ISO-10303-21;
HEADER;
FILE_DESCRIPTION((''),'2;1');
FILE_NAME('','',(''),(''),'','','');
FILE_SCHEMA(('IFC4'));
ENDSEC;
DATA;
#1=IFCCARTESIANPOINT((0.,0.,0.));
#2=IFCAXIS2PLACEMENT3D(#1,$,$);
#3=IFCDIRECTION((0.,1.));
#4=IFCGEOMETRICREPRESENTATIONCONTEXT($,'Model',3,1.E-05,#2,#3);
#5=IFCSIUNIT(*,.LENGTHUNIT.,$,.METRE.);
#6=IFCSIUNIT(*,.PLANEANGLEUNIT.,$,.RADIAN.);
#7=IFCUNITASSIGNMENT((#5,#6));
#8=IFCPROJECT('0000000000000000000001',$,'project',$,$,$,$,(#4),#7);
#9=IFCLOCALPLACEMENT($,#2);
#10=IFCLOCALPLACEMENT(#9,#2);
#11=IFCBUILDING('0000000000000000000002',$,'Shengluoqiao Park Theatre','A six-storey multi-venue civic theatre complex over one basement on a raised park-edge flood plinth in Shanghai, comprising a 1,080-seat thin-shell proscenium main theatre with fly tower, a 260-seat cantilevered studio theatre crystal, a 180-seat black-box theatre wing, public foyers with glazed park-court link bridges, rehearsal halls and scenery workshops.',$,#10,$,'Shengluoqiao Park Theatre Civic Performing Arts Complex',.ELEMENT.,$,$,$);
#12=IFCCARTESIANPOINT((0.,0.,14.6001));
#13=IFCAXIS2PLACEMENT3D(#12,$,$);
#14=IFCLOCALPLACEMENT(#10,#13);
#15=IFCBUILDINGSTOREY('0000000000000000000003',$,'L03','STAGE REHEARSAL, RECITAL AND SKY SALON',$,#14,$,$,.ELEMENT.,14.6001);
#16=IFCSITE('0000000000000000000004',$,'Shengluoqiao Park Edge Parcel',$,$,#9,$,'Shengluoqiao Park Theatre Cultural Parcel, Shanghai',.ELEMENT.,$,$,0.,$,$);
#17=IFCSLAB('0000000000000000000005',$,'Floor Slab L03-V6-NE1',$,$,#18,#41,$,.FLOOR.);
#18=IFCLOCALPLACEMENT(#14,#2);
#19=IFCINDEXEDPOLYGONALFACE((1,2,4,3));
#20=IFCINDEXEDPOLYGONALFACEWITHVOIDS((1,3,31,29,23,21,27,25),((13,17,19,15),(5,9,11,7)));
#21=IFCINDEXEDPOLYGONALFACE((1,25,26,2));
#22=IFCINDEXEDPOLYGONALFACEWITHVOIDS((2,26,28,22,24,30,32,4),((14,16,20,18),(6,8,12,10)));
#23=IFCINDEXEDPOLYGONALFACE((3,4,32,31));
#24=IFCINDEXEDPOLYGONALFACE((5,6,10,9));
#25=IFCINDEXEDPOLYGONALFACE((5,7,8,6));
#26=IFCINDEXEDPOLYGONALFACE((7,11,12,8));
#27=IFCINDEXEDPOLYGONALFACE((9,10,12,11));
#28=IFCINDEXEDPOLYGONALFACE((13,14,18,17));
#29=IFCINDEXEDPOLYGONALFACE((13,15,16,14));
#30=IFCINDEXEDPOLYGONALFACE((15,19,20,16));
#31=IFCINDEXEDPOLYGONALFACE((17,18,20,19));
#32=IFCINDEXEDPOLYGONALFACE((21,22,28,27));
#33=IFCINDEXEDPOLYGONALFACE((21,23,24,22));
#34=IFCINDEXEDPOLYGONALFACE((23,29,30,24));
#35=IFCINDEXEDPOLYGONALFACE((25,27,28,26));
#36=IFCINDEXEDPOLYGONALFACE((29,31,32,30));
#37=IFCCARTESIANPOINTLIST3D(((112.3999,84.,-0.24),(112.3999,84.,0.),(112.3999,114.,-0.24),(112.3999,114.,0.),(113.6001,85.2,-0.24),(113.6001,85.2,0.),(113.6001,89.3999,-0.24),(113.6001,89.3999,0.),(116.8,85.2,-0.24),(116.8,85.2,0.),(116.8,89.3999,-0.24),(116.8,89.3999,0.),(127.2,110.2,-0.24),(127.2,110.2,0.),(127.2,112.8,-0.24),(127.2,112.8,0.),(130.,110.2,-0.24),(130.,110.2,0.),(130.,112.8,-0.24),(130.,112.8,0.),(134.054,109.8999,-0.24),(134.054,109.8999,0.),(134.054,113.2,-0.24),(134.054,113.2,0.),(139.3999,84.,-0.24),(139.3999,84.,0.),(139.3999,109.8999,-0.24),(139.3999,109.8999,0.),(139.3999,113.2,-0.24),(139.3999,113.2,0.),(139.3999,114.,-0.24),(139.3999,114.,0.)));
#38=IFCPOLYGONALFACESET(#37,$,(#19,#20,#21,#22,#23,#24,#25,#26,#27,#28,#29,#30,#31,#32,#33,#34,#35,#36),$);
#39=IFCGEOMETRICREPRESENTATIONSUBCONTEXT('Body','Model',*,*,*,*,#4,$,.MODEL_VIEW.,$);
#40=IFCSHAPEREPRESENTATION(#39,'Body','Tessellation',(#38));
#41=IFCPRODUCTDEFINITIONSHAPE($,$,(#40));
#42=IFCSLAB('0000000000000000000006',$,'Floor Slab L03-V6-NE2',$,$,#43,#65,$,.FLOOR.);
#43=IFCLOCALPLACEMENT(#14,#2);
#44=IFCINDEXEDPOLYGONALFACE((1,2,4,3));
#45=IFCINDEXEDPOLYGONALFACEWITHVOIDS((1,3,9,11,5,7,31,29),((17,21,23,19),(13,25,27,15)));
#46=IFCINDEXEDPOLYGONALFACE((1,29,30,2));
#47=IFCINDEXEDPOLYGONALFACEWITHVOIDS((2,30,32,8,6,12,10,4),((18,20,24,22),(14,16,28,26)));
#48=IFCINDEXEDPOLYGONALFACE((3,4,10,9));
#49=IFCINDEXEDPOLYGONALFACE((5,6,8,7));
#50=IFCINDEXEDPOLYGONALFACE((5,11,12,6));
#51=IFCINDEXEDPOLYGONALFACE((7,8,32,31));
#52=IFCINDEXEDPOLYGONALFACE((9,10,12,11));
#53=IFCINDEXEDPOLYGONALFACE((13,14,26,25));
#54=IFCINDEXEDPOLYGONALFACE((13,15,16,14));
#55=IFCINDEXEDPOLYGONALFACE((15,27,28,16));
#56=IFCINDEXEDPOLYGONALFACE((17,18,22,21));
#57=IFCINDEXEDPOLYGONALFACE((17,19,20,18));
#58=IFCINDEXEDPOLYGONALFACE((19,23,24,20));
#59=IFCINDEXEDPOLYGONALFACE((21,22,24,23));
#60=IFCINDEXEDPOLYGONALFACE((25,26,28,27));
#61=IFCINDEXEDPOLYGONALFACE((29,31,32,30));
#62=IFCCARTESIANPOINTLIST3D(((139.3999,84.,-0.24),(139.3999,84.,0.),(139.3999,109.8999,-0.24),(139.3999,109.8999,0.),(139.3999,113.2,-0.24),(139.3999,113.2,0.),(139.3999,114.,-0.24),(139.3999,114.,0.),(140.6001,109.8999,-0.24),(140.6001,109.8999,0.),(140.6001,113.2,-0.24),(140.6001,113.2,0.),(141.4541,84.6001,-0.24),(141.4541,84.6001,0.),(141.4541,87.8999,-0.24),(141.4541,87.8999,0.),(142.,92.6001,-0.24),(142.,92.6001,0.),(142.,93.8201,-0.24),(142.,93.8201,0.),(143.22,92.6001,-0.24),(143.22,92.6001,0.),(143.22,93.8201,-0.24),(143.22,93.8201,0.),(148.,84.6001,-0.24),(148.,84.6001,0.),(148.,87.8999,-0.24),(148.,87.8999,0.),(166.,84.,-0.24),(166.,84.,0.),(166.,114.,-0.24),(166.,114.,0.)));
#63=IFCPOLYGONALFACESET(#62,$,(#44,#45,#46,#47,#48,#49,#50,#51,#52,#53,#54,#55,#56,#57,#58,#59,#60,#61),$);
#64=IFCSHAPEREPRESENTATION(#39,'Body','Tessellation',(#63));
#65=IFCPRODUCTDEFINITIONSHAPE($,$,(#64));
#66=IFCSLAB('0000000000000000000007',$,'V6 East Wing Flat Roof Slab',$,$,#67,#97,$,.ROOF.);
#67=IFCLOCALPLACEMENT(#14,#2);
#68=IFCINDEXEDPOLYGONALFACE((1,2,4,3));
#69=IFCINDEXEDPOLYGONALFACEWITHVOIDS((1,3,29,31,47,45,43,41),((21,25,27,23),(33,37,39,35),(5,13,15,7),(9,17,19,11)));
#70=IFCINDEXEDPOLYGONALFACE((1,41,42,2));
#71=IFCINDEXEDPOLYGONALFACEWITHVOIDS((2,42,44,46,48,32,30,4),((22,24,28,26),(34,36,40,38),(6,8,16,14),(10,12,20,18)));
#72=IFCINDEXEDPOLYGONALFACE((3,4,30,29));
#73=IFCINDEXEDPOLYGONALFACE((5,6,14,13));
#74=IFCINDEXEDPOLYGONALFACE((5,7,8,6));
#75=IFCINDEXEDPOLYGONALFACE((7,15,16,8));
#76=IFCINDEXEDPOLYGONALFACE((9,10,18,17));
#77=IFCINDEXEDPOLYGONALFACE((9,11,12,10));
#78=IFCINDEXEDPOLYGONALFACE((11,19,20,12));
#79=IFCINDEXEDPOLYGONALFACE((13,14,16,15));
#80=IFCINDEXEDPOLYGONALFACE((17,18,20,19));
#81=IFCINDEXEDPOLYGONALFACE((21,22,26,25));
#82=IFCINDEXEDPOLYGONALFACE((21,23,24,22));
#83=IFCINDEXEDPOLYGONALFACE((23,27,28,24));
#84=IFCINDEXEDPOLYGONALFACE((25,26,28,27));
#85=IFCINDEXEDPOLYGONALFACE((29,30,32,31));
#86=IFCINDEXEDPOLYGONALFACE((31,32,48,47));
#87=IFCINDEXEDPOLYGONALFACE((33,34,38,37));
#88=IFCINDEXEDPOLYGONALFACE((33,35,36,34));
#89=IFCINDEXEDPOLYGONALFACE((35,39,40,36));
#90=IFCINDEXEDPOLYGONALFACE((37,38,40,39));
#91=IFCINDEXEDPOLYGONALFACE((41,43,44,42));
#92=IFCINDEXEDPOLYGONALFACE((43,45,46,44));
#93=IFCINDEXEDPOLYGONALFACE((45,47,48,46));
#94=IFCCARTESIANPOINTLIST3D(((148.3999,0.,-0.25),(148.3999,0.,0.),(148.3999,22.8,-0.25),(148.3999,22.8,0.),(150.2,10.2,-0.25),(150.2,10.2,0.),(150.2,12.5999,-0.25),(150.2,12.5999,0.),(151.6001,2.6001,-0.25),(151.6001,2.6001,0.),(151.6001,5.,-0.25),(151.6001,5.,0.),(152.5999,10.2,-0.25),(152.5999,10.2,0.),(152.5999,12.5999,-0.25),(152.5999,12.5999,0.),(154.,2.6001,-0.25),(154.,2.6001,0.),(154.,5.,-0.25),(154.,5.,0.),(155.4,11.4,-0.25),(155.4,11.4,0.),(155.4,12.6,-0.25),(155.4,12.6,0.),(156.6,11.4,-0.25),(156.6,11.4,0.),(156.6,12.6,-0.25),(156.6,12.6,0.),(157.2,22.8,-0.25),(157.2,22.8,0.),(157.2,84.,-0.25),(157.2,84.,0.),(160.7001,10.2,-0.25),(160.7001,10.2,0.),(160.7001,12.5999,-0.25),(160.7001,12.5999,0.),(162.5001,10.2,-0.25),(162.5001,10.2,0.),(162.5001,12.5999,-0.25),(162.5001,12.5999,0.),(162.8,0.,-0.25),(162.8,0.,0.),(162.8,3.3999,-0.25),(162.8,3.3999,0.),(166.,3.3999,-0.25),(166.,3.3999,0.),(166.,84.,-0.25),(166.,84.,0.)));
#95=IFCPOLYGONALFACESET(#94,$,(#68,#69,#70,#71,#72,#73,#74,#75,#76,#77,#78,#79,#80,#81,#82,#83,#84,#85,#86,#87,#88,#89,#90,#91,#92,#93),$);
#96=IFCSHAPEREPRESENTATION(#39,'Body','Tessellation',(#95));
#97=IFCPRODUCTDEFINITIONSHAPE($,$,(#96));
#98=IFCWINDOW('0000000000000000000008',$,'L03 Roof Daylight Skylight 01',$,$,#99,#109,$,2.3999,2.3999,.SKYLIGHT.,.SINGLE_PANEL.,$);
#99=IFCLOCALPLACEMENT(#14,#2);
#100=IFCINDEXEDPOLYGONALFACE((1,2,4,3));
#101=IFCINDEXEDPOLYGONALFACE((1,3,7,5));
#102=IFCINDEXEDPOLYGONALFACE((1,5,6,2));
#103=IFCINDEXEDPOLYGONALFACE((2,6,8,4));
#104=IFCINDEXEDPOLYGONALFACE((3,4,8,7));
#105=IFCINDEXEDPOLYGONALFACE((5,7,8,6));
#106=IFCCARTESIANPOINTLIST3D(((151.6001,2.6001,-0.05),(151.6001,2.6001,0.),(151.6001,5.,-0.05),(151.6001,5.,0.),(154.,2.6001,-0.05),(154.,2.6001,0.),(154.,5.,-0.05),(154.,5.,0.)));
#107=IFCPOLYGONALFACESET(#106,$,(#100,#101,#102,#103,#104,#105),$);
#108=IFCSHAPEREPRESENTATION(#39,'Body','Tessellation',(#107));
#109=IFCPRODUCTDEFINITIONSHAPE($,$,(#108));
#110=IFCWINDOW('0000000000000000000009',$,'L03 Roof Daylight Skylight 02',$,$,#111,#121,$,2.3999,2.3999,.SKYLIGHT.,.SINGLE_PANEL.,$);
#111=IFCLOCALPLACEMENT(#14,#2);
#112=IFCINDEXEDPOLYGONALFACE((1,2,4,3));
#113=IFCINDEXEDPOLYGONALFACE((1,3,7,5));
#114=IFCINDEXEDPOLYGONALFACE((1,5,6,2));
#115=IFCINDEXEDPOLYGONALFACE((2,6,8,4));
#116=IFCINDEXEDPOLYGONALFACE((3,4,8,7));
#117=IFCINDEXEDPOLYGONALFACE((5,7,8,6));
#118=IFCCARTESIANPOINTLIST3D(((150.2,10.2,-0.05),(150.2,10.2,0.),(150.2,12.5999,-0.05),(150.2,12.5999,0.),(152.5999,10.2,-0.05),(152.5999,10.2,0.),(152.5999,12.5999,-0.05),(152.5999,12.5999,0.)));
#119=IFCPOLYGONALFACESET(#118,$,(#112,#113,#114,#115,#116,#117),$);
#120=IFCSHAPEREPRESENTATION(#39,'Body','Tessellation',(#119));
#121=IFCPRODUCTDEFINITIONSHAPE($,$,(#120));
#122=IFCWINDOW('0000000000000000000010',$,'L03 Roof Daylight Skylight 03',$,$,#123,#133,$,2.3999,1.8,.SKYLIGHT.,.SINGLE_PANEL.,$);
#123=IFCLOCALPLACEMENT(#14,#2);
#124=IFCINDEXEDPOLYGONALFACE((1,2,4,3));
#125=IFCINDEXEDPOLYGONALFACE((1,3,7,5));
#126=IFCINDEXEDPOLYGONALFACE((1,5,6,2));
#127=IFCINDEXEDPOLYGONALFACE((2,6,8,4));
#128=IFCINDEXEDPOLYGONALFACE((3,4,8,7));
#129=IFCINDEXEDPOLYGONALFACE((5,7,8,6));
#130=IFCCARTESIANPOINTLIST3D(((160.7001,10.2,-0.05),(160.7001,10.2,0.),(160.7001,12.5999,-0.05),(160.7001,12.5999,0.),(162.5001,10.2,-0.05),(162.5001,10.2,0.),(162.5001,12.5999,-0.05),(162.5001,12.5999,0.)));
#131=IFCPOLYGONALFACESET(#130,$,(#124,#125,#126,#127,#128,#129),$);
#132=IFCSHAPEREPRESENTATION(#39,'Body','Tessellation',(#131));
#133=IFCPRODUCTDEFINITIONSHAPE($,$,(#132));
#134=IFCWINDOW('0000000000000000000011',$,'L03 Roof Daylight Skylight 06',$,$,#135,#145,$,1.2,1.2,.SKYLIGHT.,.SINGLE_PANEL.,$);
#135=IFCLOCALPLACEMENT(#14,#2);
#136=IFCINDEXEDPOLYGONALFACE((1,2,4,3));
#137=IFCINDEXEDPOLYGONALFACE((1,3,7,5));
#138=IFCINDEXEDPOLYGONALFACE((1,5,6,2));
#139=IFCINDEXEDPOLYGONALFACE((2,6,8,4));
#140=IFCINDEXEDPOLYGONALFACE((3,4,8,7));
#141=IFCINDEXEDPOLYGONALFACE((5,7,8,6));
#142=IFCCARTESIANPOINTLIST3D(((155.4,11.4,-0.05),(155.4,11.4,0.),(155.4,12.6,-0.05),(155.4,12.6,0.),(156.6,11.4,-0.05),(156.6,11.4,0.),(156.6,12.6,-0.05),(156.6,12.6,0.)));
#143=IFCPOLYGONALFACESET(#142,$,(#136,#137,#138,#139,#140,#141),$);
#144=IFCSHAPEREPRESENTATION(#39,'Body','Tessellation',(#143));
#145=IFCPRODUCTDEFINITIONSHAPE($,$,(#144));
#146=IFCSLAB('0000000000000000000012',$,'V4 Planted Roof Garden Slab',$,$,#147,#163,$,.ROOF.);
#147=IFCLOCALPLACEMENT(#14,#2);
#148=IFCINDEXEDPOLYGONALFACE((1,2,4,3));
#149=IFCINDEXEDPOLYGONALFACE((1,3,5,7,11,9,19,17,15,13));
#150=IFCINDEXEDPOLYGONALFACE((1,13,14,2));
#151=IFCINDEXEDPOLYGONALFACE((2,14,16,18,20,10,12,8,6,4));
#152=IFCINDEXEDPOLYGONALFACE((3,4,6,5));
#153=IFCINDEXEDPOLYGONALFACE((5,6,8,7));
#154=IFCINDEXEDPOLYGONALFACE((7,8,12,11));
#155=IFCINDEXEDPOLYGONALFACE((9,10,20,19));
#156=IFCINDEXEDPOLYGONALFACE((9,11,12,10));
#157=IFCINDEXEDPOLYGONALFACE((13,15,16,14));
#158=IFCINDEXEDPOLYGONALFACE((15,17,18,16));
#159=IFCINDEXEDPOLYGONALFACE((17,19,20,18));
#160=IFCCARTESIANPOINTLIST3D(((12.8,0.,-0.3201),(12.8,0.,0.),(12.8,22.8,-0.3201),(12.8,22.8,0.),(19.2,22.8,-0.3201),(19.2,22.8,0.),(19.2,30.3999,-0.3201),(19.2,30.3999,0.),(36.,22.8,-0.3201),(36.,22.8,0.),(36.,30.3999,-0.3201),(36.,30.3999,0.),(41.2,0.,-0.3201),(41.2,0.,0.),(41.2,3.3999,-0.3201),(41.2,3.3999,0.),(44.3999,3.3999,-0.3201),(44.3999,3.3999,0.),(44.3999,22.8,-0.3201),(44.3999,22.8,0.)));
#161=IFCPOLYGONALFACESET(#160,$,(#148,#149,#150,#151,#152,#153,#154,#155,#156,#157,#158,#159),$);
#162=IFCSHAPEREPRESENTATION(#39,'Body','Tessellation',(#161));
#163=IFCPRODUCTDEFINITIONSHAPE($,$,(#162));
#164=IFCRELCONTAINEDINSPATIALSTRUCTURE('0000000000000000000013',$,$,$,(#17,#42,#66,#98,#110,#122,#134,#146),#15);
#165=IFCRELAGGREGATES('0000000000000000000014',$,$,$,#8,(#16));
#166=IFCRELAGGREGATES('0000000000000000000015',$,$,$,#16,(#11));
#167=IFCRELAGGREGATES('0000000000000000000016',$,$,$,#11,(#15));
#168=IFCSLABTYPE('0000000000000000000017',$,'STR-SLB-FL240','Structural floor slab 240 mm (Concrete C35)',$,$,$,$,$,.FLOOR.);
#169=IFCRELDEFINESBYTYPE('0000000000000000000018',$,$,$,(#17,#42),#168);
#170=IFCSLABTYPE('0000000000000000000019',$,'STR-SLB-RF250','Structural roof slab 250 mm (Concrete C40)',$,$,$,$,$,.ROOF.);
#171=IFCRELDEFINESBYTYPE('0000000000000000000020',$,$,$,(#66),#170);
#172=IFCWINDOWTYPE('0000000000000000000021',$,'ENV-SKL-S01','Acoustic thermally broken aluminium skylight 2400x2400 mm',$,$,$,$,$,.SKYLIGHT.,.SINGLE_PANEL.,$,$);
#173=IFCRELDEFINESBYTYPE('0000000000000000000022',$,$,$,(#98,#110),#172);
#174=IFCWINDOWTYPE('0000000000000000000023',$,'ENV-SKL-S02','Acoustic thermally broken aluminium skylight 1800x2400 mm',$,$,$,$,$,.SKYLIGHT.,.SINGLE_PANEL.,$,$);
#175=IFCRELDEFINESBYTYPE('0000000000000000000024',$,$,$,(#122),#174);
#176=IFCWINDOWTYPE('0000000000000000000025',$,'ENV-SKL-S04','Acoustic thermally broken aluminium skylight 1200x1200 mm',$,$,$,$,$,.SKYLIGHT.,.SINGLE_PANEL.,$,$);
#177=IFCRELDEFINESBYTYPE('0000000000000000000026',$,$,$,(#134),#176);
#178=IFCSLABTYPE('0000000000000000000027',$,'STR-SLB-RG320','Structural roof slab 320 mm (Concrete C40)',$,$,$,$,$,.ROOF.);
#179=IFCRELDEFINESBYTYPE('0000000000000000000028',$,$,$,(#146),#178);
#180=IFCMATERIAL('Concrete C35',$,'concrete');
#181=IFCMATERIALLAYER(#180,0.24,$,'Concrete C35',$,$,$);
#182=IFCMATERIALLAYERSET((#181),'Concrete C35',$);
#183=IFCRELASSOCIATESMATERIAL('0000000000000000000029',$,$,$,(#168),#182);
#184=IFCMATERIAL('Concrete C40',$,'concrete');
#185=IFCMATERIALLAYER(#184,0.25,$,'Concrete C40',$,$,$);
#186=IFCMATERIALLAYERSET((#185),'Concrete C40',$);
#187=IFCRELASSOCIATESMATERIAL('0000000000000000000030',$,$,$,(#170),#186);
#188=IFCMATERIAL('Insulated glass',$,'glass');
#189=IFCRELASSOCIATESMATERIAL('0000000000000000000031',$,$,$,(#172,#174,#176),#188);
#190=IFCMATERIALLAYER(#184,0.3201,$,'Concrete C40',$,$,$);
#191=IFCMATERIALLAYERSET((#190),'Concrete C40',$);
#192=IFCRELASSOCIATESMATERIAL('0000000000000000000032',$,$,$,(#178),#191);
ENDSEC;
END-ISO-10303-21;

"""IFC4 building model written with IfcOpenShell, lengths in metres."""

from ifc_helpers import new_model, si_unit, direction, frame, origin, origin_2d, place, context, subcontext, project, spatial, polyline, rectangle, outline, extrude, material, layer, layer_set, type_object, element, fill, save


model = new_model("IFC4")

# Units and contexts
model_context = context("Model", 3, precision=1e-05, world=origin(), true_north=direction((0.0, 1.0)))
body_context = subcontext(model_context, "Body", "Model", "MODEL_VIEW")
ifc_project = project(units=[si_unit("LENGTHUNIT", "METRE"), si_unit("PLANEANGLEUNIT", "RADIAN")], contexts=[model_context])

# Site, building, storey
site_placement = place(None, origin())
site = spatial("IfcSite", under=ifc_project, at=site_placement, Name="Shengluoqiao Park Edge Parcel", LongName="Shengluoqiao Park Theatre Cultural Parcel, Shanghai", CompositionType="ELEMENT", RefElevation=0.0)
building_placement = place(site_placement, origin())
building = spatial("IfcBuilding", under=site, at=building_placement, Name="Shengluoqiao Park Theatre", Description="A six-storey multi-venue civic theatre complex over one basement on a raised park-edge flood plinth in Shanghai, comprising a 1,080-seat thin-shell proscenium main theatre with fly tower, a 260-seat cantilevered studio theatre crystal, a 180-seat black-box theatre wing, public foyers with glazed park-court link bridges, rehearsal halls and scenery workshops.", LongName="Shengluoqiao Park Theatre Civic Performing Arts Complex", CompositionType="ELEMENT")
storey_placement = place(building_placement, frame((0.0, 0.0, 14.6001)))
storey = spatial("IfcBuildingStorey", under=building, at=storey_placement, Name="L03", Description="STAGE REHEARSAL, RECITAL AND SKY SALON", CompositionType="ELEMENT", Elevation=14.6001)

# Shared definitions
ifc_material_1 = material(Name="Concrete C40", Category="concrete")

# Slabs
ifc_material_2 = material(Name="Concrete C35", Category="concrete")
ifc_layer_1 = layer(ifc_material_2, 0.24, Name="Concrete C35")
ifc_layer_set_1 = layer_set([ifc_layer_1], Name="Concrete C35")
slab_type_1 = type_object("IfcSlabType", Name="STR-SLB-FL240", Description="Structural floor slab 240 mm (Concrete C35)", PredefinedType="FLOOR", material=ifc_layer_set_1)
slab_1_placement = place(storey_placement, frame((0.0, 0.0, -0.24)))
element("IfcSlab", 1, at=slab_1_placement, inside=storey, type_object=slab_type_1, Name="Floor Slab L03-V6-NE1", PredefinedType="FLOOR", context=body_context, shape_type="SweptSolid", body=[
    extrude(outline(polyline([(139.3999, 84.0), (112.3999, 84.0), (112.3999, 114.0), (139.3999, 114.0), (139.3999, 113.2), (134.054, 113.2), (134.054, 109.8999), (139.3999, 109.8999), (139.3999, 84.0)]), holes=[polyline([(116.8, 89.3999), (113.6001, 89.3999), (113.6001, 85.2), (116.8, 85.2), (116.8, 89.3999)]), polyline([(130.0, 110.2), (130.0, 112.8), (127.2, 112.8), (127.2, 110.2), (130.0, 110.2)])]), origin(), (0.0, 0.0, 1.0), 0.24),
])
slab_2_placement = place(storey_placement, frame((0.0, 0.0, -0.24)))
element("IfcSlab", 2, at=slab_2_placement, inside=storey, type_object=slab_type_1, Name="Floor Slab L03-V6-NE2", PredefinedType="FLOOR", context=body_context, shape_type="SweptSolid", body=[
    extrude(outline(polyline([(139.3999, 114.0), (166.0, 114.0), (166.0, 84.0), (139.3999, 84.0), (139.3999, 109.8999), (140.6001, 109.8999), (140.6001, 113.2), (139.3999, 113.2), (139.3999, 114.0)]), holes=[polyline([(141.4541, 84.6001), (148.0, 84.6001), (148.0, 87.8999), (141.4541, 87.8999), (141.4541, 84.6001)]), polyline([(143.22, 92.6001), (143.22, 93.8201), (142.0, 93.8201), (142.0, 92.6001), (143.22, 92.6001)])]), origin(), (0.0, 0.0, 1.0), 0.24),
])

# Slab, openings, windows
ifc_layer_2 = layer(ifc_material_1, 0.25, Name="Concrete C40")
ifc_layer_set_2 = layer_set([ifc_layer_2], Name="Concrete C40")
slab_type_2 = type_object("IfcSlabType", Name="STR-SLB-RF250", Description="Structural roof slab 250 mm (Concrete C40)", PredefinedType="ROOF", material=ifc_layer_set_2)
slab_3_placement = place(storey_placement, frame((0.0, 0.0, -0.25)))
slab_3 = element("IfcSlab", 3, at=slab_3_placement, inside=storey, type_object=slab_type_2, Name="V6 East Wing Flat Roof Slab", PredefinedType="ROOF", context=body_context, shape_type="SweptSolid", body=[
    extrude(outline(polyline([(148.3999, 0.0), (162.8, 0.0), (162.8, 3.3999), (166.0, 3.3999), (166.0, 84.0), (157.2, 84.0), (157.2, 22.8), (148.3999, 22.8), (148.3999, 0.0)])), origin(), (0.0, 0.0, 1.0), 0.25),
])
opening_1_placement = place(slab_3_placement, frame((152.8, 3.8, 0.0)))
opening_1 = element("IfcOpeningElement", 4, at=opening_1_placement, cuts=slab_3, PredefinedType="OPENING", context=body_context, shape_type="SweptSolid", body=[
    extrude(rectangle(XDim=2.3999, YDim=2.3999, at=origin_2d()), origin(), (0.0, 0.0, 1.0), 0.25),
])
opening_2_placement = place(slab_3_placement, frame((151.3999, 11.3999, 0.0)))
opening_2 = element("IfcOpeningElement", 5, at=opening_2_placement, cuts=slab_3, PredefinedType="OPENING", context=body_context, shape_type="SweptSolid", body=[
    extrude(rectangle(XDim=2.3999, YDim=2.3999, at=origin_2d()), origin(), (0.0, 0.0, 1.0), 0.25),
])
opening_3_placement = place(slab_3_placement, frame((161.6001, 11.3999, 0.0)))
opening_3 = element("IfcOpeningElement", 6, at=opening_3_placement, cuts=slab_3, PredefinedType="OPENING", context=body_context, shape_type="SweptSolid", body=[
    extrude(rectangle(XDim=1.8, YDim=2.3999, at=origin_2d()), origin(), (0.0, 0.0, 1.0), 0.25),
])
opening_4_placement = place(slab_3_placement, frame((156.0, 12.0, 0.0)))
opening_4 = element("IfcOpeningElement", 7, at=opening_4_placement, cuts=slab_3, PredefinedType="OPENING", context=body_context, shape_type="SweptSolid", body=[
    extrude(rectangle(XDim=1.2, YDim=1.2, at=origin_2d()), origin(), (0.0, 0.0, 1.0), 0.25),
])
ifc_material_3 = material(Name="Insulated glass", Category="glass")
window_type_1 = type_object("IfcWindowType", Name="ENV-SKL-S01", Description="Acoustic thermally broken aluminium skylight 2400x2400 mm", PartitioningType="SINGLE_PANEL", PredefinedType="SKYLIGHT", material=ifc_material_3)
window_1_placement = place(opening_1_placement, frame((0.0, 0.0, 0.2)))
window_1 = element("IfcWindow", 8, at=window_1_placement, inside=storey, type_object=window_type_1, Name="L03 Roof Daylight Skylight 01", OverallHeight=2.3999, OverallWidth=2.3999, PartitioningType="SINGLE_PANEL", PredefinedType="SKYLIGHT", context=body_context, shape_type="SweptSolid", body=[
    extrude(rectangle(XDim=2.3999, YDim=2.3999, at=origin_2d()), origin(), (0.0, 0.0, 1.0), 0.05),
])
fill(opening_1, window_1)
window_2_placement = place(opening_2_placement, frame((0.0, 0.0, 0.2)))
window_2 = element("IfcWindow", 9, at=window_2_placement, inside=storey, type_object=window_type_1, Name="L03 Roof Daylight Skylight 02", OverallHeight=2.3999, OverallWidth=2.3999, PartitioningType="SINGLE_PANEL", PredefinedType="SKYLIGHT", context=body_context, shape_type="SweptSolid", body=[
    extrude(rectangle(XDim=2.3999, YDim=2.3999, at=origin_2d()), origin(), (0.0, 0.0, 1.0), 0.05),
])
fill(opening_2, window_2)
window_type_2 = type_object("IfcWindowType", Name="ENV-SKL-S02", Description="Acoustic thermally broken aluminium skylight 1800x2400 mm", PartitioningType="SINGLE_PANEL", PredefinedType="SKYLIGHT", material=ifc_material_3)
window_3_placement = place(opening_3_placement, frame((0.0, 0.0, 0.2)))
window_3 = element("IfcWindow", 10, at=window_3_placement, inside=storey, type_object=window_type_2, Name="L03 Roof Daylight Skylight 03", OverallHeight=2.3999, OverallWidth=1.8, PartitioningType="SINGLE_PANEL", PredefinedType="SKYLIGHT", context=body_context, shape_type="SweptSolid", body=[
    extrude(rectangle(XDim=1.8, YDim=2.3999, at=origin_2d()), origin(), (0.0, 0.0, 1.0), 0.05),
])
fill(opening_3, window_3)
window_type_3 = type_object("IfcWindowType", Name="ENV-SKL-S04", Description="Acoustic thermally broken aluminium skylight 1200x1200 mm", PartitioningType="SINGLE_PANEL", PredefinedType="SKYLIGHT", material=ifc_material_3)
window_4_placement = place(opening_4_placement, frame((0.0, 0.0, 0.2)))
window_4 = element("IfcWindow", 11, at=window_4_placement, inside=storey, type_object=window_type_3, Name="L03 Roof Daylight Skylight 06", OverallHeight=1.2, OverallWidth=1.2, PartitioningType="SINGLE_PANEL", PredefinedType="SKYLIGHT", context=body_context, shape_type="SweptSolid", body=[
    extrude(rectangle(XDim=1.2, YDim=1.2, at=origin_2d()), origin(), (0.0, 0.0, 1.0), 0.05),
])
fill(opening_4, window_4)

# Slab
ifc_layer_3 = layer(ifc_material_1, 0.3201, Name="Concrete C40")
ifc_layer_set_3 = layer_set([ifc_layer_3], Name="Concrete C40")
slab_type_3 = type_object("IfcSlabType", Name="STR-SLB-RG320", Description="Structural roof slab 320 mm (Concrete C40)", PredefinedType="ROOF", material=ifc_layer_set_3)
slab_4_placement = place(storey_placement, frame((0.0, 0.0, -0.3201)))
element("IfcSlab", 12, at=slab_4_placement, inside=storey, type_object=slab_type_3, Name="V4 Planted Roof Garden Slab", PredefinedType="ROOF", context=body_context, shape_type="SweptSolid", body=[
    extrude(outline(polyline([(12.8, 0.0), (41.2, 0.0), (41.2, 3.3999), (44.3999, 3.3999), (44.3999, 22.8), (36.0, 22.8), (36.0, 30.3999), (19.2, 30.3999), (19.2, 22.8), (12.8, 22.8), (12.8, 0.0)])), origin(), (0.0, 0.0, 1.0), 0.3201),
])

save(model, "model.ifc")
